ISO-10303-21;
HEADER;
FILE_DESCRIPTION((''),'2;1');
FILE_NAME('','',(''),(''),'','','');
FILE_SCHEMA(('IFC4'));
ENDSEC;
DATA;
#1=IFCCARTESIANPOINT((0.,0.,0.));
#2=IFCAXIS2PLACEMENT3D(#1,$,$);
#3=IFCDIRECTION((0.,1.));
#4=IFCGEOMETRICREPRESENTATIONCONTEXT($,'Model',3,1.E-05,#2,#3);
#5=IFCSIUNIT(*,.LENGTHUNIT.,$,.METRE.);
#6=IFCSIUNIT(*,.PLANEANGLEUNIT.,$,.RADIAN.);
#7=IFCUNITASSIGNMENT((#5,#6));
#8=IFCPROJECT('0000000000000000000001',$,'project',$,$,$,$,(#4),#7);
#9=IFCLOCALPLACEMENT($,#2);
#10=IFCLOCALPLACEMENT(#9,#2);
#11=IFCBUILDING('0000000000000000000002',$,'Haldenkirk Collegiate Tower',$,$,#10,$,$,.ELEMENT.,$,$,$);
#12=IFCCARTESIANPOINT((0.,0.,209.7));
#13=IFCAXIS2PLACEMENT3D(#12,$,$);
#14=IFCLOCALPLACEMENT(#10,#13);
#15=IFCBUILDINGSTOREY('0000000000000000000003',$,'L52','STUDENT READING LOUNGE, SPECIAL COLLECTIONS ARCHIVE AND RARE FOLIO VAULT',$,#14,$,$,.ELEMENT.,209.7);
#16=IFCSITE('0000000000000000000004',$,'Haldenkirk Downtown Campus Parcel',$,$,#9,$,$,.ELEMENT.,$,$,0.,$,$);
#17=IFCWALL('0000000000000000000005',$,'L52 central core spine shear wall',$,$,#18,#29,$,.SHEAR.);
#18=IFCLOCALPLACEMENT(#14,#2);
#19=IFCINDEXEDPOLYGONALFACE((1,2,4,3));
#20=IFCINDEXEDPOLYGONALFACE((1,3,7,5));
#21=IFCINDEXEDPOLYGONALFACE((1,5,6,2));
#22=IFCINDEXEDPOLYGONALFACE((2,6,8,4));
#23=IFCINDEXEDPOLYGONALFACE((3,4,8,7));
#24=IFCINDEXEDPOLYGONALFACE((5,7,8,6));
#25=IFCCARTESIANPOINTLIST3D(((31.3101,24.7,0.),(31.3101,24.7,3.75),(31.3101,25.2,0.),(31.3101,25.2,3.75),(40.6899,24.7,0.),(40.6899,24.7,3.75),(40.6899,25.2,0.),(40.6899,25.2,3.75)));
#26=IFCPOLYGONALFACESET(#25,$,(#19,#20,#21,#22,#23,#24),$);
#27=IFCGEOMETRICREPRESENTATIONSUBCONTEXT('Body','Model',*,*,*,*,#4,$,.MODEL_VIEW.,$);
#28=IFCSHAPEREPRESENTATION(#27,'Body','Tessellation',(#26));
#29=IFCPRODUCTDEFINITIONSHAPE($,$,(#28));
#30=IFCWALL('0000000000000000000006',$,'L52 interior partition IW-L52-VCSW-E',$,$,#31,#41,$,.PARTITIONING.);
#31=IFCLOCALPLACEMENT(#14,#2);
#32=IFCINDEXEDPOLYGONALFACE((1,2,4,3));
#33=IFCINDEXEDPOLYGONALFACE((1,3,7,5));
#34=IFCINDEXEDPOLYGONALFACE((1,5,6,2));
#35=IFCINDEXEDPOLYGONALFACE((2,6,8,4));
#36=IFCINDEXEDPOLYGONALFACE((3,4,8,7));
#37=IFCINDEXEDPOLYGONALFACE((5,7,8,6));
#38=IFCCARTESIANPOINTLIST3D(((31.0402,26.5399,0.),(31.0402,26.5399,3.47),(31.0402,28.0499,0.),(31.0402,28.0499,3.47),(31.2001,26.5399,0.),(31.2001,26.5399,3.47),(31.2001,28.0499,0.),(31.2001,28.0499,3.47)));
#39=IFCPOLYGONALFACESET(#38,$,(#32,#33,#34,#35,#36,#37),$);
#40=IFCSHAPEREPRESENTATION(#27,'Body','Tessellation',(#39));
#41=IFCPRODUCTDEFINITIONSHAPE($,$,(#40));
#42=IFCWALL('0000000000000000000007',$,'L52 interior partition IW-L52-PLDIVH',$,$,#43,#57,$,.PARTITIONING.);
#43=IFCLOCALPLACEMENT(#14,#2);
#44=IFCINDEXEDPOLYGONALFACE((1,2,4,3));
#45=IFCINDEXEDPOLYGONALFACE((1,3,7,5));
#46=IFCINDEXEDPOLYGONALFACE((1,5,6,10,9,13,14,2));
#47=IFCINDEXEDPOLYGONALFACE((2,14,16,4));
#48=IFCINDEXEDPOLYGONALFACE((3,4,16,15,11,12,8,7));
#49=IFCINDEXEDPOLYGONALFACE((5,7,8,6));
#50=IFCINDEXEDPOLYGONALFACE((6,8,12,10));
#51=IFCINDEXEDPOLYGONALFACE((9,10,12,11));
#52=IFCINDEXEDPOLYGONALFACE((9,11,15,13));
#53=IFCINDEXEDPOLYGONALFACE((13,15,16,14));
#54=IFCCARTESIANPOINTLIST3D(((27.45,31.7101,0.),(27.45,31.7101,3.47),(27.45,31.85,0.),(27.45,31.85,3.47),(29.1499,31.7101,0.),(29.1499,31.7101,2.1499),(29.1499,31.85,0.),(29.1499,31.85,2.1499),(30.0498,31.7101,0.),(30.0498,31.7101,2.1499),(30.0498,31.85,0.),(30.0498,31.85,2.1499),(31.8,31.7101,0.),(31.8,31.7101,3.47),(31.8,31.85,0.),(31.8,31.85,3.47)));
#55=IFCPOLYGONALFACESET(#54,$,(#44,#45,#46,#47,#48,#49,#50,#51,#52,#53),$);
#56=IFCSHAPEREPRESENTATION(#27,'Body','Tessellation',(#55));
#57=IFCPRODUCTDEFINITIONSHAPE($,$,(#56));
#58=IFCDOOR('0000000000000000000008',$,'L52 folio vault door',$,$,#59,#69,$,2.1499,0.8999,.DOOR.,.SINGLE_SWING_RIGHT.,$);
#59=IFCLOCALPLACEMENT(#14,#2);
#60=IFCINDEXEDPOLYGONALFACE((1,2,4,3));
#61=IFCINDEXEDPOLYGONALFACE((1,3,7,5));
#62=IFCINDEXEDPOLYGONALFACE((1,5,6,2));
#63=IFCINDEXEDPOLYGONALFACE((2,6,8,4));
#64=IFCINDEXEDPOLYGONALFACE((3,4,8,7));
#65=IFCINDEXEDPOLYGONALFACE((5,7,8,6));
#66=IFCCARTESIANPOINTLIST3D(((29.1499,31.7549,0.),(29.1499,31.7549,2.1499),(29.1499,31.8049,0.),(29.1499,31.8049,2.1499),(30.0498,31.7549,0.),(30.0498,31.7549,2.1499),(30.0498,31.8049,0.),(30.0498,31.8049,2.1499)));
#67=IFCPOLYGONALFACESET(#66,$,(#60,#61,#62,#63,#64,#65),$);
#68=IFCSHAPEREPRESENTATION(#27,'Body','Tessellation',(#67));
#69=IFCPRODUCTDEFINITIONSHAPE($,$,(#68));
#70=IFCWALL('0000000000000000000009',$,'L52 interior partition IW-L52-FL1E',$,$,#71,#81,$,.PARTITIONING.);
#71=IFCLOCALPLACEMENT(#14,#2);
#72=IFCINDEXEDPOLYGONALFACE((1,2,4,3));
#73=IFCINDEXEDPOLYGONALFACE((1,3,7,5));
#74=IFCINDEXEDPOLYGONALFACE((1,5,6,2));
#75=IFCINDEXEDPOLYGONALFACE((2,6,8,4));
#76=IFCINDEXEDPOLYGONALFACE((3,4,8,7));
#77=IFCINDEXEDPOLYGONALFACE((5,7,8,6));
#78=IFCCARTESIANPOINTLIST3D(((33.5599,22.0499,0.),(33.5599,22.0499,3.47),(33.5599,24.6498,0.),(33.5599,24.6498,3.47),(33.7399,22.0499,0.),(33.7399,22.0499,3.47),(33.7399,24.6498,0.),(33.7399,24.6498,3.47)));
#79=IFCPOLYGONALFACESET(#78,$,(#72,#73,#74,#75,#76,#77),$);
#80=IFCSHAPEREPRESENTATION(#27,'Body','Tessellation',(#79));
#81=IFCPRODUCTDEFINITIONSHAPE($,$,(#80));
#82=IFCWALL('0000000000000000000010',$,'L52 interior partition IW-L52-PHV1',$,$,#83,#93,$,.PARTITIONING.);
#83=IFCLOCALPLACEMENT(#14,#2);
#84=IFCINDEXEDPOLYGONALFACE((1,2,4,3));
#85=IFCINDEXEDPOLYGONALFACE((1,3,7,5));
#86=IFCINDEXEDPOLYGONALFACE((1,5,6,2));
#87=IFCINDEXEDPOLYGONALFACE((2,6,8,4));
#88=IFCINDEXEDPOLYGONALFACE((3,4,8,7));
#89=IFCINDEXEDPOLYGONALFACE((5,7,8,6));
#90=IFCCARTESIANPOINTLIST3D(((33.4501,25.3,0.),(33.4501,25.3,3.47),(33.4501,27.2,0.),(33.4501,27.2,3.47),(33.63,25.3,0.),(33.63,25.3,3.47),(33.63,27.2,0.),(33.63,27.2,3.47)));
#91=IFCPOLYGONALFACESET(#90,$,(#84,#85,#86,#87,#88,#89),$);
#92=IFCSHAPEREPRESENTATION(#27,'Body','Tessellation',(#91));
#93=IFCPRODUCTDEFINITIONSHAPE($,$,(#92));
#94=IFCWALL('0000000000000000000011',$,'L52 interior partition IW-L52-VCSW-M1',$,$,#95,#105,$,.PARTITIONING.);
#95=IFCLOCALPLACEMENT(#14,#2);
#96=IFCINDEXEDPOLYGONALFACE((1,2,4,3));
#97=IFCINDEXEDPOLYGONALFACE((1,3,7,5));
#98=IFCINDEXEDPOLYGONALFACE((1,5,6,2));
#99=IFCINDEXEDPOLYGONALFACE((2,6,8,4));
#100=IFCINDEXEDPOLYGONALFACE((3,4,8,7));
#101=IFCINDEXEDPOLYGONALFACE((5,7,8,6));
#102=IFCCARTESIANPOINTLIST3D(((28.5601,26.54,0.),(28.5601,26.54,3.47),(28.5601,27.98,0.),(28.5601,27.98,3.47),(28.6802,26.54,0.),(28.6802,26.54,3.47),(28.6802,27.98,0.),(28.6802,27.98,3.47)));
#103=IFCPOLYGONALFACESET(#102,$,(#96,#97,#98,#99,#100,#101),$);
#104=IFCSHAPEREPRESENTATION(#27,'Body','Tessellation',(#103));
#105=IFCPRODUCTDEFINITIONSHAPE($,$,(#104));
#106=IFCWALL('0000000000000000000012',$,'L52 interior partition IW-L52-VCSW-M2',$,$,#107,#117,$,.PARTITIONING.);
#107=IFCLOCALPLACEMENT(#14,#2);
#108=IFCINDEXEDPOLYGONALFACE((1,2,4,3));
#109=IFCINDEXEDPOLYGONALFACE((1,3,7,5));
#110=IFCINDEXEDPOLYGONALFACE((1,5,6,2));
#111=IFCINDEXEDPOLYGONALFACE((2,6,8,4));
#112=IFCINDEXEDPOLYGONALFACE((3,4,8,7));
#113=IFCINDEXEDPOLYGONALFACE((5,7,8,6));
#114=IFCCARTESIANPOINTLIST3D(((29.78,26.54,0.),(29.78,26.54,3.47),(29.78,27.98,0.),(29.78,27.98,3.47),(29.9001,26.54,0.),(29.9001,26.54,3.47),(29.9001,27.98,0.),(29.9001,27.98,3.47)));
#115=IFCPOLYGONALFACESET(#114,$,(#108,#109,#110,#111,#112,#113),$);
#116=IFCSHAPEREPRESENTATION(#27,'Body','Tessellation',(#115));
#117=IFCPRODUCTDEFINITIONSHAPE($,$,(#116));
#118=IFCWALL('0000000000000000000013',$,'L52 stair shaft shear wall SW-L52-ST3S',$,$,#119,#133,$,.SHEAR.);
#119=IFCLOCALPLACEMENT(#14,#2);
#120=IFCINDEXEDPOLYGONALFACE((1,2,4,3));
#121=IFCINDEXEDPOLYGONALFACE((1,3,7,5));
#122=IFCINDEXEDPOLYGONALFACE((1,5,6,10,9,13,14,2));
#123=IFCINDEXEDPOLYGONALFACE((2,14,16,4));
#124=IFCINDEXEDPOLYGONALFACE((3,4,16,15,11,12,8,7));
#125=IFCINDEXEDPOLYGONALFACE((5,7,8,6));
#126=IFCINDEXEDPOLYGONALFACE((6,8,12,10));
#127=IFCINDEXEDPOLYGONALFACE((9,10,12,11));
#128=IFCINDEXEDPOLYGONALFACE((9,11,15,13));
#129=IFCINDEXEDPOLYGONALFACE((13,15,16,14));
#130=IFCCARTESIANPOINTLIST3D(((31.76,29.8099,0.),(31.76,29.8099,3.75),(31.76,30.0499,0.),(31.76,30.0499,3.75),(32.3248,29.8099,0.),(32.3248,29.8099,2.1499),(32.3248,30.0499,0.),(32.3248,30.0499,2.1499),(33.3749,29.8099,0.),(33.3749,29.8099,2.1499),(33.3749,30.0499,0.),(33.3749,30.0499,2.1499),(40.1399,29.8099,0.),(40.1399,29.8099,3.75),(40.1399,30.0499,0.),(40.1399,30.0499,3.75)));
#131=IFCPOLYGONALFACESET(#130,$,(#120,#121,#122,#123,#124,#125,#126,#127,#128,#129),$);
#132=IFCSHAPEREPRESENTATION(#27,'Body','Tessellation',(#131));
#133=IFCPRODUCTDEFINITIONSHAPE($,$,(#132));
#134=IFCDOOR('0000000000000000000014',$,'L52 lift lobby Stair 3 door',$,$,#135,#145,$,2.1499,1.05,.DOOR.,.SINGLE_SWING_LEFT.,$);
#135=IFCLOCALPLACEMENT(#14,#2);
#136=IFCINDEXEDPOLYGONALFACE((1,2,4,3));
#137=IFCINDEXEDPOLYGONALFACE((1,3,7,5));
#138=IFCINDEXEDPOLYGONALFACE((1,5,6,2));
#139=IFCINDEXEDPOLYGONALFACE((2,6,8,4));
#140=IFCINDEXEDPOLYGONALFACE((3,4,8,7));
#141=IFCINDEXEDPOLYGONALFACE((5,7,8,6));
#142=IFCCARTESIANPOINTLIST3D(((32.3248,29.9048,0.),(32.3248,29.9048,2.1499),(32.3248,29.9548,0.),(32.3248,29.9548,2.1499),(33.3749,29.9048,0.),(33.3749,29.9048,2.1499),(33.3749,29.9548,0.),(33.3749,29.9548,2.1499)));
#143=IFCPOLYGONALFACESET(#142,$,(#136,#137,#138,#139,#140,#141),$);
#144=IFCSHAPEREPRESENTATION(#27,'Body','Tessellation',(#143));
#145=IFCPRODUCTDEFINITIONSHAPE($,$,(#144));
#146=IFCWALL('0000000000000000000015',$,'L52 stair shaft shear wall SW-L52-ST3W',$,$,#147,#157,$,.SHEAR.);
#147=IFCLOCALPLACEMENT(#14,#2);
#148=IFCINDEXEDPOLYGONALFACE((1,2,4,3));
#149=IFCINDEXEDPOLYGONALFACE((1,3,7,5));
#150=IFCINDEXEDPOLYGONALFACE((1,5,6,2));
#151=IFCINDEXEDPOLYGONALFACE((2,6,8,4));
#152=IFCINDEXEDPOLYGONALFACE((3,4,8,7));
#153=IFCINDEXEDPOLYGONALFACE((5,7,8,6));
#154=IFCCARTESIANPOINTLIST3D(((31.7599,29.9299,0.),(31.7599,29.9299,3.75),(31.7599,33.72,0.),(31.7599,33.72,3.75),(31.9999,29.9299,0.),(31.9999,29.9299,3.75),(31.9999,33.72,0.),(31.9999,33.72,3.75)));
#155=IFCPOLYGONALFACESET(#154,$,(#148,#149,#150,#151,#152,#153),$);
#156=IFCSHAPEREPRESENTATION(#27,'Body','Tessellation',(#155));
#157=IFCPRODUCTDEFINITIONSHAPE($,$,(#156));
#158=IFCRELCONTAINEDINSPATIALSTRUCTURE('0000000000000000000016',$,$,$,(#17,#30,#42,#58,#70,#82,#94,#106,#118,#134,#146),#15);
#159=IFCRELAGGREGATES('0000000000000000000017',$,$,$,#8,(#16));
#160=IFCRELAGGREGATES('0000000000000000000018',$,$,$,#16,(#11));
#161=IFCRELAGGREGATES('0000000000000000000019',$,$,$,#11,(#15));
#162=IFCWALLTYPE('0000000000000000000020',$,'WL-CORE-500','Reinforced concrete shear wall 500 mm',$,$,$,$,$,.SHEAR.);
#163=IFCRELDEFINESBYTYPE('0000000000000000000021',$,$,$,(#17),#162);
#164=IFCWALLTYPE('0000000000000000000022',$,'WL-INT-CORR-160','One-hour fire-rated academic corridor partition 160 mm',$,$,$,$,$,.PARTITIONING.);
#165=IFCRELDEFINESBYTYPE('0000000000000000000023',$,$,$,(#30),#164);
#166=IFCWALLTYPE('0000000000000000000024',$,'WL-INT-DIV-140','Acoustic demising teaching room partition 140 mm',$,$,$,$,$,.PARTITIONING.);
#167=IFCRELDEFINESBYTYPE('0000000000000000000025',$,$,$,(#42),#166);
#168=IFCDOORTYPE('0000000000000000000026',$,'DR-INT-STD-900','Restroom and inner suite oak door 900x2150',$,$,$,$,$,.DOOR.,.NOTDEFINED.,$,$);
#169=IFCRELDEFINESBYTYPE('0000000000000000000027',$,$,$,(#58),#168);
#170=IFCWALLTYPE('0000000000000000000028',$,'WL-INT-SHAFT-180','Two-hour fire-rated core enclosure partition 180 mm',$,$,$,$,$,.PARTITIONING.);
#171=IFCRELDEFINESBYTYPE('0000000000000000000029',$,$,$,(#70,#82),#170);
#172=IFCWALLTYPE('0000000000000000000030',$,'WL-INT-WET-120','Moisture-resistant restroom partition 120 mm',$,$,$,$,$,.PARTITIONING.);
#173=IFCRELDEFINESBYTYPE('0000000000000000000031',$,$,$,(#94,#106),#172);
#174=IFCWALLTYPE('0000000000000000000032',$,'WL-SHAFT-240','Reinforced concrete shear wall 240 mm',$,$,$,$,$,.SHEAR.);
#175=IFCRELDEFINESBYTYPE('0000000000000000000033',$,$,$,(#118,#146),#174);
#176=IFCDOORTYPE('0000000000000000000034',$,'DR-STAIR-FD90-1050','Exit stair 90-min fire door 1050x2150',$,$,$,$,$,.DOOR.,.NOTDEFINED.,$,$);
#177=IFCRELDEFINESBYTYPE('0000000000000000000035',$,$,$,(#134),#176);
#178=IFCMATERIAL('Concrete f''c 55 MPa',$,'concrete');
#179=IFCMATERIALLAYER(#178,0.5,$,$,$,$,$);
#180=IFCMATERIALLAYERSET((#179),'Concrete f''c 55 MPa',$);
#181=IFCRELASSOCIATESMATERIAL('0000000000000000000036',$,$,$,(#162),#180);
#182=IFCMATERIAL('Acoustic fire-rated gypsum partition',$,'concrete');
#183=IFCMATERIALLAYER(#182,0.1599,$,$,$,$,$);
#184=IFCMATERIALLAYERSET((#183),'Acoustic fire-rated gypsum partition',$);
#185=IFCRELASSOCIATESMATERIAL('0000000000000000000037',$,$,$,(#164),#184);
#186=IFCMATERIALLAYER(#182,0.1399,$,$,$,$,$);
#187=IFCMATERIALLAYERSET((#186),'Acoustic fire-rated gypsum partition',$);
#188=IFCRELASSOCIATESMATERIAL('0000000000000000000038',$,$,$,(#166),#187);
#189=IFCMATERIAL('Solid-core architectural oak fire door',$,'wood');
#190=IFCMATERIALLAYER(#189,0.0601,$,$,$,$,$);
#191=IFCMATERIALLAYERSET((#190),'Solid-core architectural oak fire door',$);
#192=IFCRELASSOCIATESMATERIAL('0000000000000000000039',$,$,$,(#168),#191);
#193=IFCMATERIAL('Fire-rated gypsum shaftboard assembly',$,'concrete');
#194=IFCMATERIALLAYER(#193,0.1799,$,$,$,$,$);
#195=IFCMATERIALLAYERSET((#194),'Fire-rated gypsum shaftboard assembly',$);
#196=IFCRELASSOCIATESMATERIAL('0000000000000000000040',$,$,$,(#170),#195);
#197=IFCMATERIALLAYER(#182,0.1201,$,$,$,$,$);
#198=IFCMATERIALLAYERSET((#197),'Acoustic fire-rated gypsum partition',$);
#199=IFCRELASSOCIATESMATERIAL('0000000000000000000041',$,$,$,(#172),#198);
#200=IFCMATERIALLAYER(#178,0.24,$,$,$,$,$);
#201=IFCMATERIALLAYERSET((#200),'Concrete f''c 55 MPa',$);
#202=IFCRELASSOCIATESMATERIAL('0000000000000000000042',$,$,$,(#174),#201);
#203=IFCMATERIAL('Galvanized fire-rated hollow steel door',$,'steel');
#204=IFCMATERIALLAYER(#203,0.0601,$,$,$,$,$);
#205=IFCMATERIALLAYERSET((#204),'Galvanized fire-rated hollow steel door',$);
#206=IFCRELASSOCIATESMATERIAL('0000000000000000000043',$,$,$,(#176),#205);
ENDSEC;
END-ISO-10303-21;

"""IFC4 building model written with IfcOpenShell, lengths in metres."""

from ifc_helpers import new_model, si_unit, direction, frame, frame_2d, origin, place, context, subcontext, project, spatial, rectangle, extrude, material, layer, layer_set, type_object, element, fill, save


model = new_model("IFC4")

# Units and contexts
model_context = context("Model", 3, precision=1e-05, world=origin(), true_north=direction((0.0, 1.0)))
body_context = subcontext(model_context, "Body", "Model", "MODEL_VIEW")
ifc_project = project(units=[si_unit("LENGTHUNIT", "METRE"), si_unit("PLANEANGLEUNIT", "RADIAN")], contexts=[model_context])

# Site, building, storey
site_placement = place(None, origin())
site = spatial("IfcSite", under=ifc_project, at=site_placement, Name="Haldenkirk Downtown Campus Parcel", CompositionType="ELEMENT", RefElevation=0.0)
building_placement = place(site_placement, origin())
building = spatial("IfcBuilding", under=site, at=building_placement, Name="Haldenkirk Collegiate Tower", CompositionType="ELEMENT")
storey_placement = place(building_placement, frame((0.0, 0.0, 209.7)))
storey = spatial("IfcBuildingStorey", under=building, at=storey_placement, Name="L52", Description="STUDENT READING LOUNGE, SPECIAL COLLECTIONS ARCHIVE AND RARE FOLIO VAULT", CompositionType="ELEMENT", Elevation=209.7)

# Walls
ifc_material_1 = material(Name="Concrete f'c 55 MPa", Category="concrete")
ifc_layer_1 = layer(ifc_material_1, 0.5)
ifc_layer_set_1 = layer_set([ifc_layer_1], Name="Concrete f'c 55 MPa")
wall_type_1 = type_object("IfcWallType", Name="WL-CORE-500", Description="Reinforced concrete shear wall 500 mm", PredefinedType="SHEAR", material=ifc_layer_set_1)
wall_1_placement = place(storey_placement, frame((31.3101, 24.95, 0.0), z_axis=(0.0, 0.0, 1.0), x_axis=(1.0, 0.0, 0.0)))
element("IfcWall", 1, at=wall_1_placement, inside=storey, type_object=wall_type_1, Name="L52 central core spine shear wall", PredefinedType="SHEAR", context=body_context, shape_type="SweptSolid", body=[
    extrude(rectangle(XDim=9.3799, YDim=0.5, at=frame_2d((4.6899, 0.0))), origin(), (0.0, 0.0, 1.0), 3.75),
])
ifc_material_2 = material(Name="Acoustic fire-rated gypsum partition", Category="concrete")
ifc_layer_2 = layer(ifc_material_2, 0.1599)
ifc_layer_set_2 = layer_set([ifc_layer_2], Name="Acoustic fire-rated gypsum partition")
wall_type_2 = type_object("IfcWallType", Name="WL-INT-CORR-160", Description="One-hour fire-rated academic corridor partition 160 mm", PredefinedType="PARTITIONING", material=ifc_layer_set_2)
wall_2_placement = place(storey_placement, frame((31.1201, 26.54, 0.0), z_axis=(0.0, 0.0, 1.0), x_axis=(0.0, 1.0, 0.0)))
element("IfcWall", 2, at=wall_2_placement, inside=storey, type_object=wall_type_2, Name="L52 interior partition IW-L52-VCSW-E", PredefinedType="PARTITIONING", context=body_context, shape_type="SweptSolid", body=[
    extrude(rectangle(XDim=1.51, YDim=0.1599, at=frame_2d((0.7549, 0.0))), origin(), (0.0, 0.0, 1.0), 3.47),
])

# Wall, opening, door
ifc_material_3 = material(Name="Solid-core architectural oak fire door", Category="wood")
ifc_layer_3 = layer(ifc_material_2, 0.1399)
ifc_layer_set_3 = layer_set([ifc_layer_3], Name="Acoustic fire-rated gypsum partition")
wall_type_3 = type_object("IfcWallType", Name="WL-INT-DIV-140", Description="Acoustic demising teaching room partition 140 mm", PredefinedType="PARTITIONING", material=ifc_layer_set_3)
wall_3_placement = place(storey_placement, frame((27.45, 31.78, 0.0), z_axis=(0.0, 0.0, 1.0), x_axis=(1.0, 0.0, 0.0)))
wall_3 = element("IfcWall", 3, at=wall_3_placement, inside=storey, type_object=wall_type_3, Name="L52 interior partition IW-L52-PLDIVH", PredefinedType="PARTITIONING", context=body_context, shape_type="SweptSolid", body=[
    extrude(rectangle(XDim=4.3501, YDim=0.1399, at=frame_2d((2.175, 0.0))), origin(), (0.0, 0.0, 1.0), 3.47),
])
opening_1_placement = place(wall_3_placement, frame((1.7, 0.0, 0.0)))
opening_1 = element("IfcOpeningElement", 4, at=opening_1_placement, cuts=wall_3, PredefinedType="OPENING", context=body_context, shape_type="SweptSolid", body=[
    extrude(rectangle(XDim=0.8999, YDim=2.1499, at=frame_2d((0.45, 1.075))), frame((0.0, 0.0798, 0.0), z_axis=(0.0, -1.0, 0.0), x_axis=(1.0, 0.0, 0.0)), (0.0, 0.0, 1.0), 0.1599),
])
ifc_layer_4 = layer(ifc_material_3, 0.0601)
ifc_layer_set_4 = layer_set([ifc_layer_4], Name="Solid-core architectural oak fire door")
door_type_1 = type_object("IfcDoorType", Name="DR-INT-STD-900", Description="Restroom and inner suite oak door 900x2150", OperationType="NOTDEFINED", PredefinedType="DOOR", material=ifc_layer_set_4)
door_1_placement = place(opening_1_placement, origin())
door_1 = element("IfcDoor", 5, at=door_1_placement, inside=storey, type_object=door_type_1, Name="L52 folio vault door", OperationType="SINGLE_SWING_RIGHT", OverallHeight=2.1499, OverallWidth=0.8999, PredefinedType="DOOR", context=body_context, shape_type="SweptSolid", body=[
    extrude(rectangle(XDim=0.8999, YDim=2.1499, at=frame_2d((0.45, 1.075))), frame((0.0, 0.0249, 0.0), z_axis=(0.0, -1.0, 0.0), x_axis=(1.0, 0.0, 0.0)), (0.0, 0.0, 1.0), 0.05),
])
fill(opening_1, door_1)

# Wall
ifc_material_4 = material(Name="Fire-rated gypsum shaftboard assembly", Category="concrete")
ifc_layer_5 = layer(ifc_material_4, 0.1799)
ifc_layer_set_5 = layer_set([ifc_layer_5], Name="Fire-rated gypsum shaftboard assembly")
wall_type_4 = type_object("IfcWallType", Name="WL-INT-SHAFT-180", Description="Two-hour fire-rated core enclosure partition 180 mm", PredefinedType="PARTITIONING", material=ifc_layer_set_5)
wall_4_placement = place(storey_placement, frame((33.6499, 22.05, 0.0), z_axis=(0.0, 0.0, 1.0), x_axis=(0.0, 1.0, 0.0)))
element("IfcWall", 6, at=wall_4_placement, inside=storey, type_object=wall_type_4, Name="L52 interior partition IW-L52-FL1E", PredefinedType="PARTITIONING", context=body_context, shape_type="SweptSolid", body=[
    extrude(rectangle(XDim=2.5999, YDim=0.1799, at=frame_2d((1.2998, 0.0))), origin(), (0.0, 0.0, 1.0), 3.47),
])

# Wall
wall_5_placement = place(storey_placement, frame((33.54, 25.3, 0.0), z_axis=(0.0, 0.0, 1.0), x_axis=(0.0, 1.0, 0.0)))
element("IfcWall", 7, at=wall_5_placement, inside=storey, type_object=wall_type_4, Name="L52 interior partition IW-L52-PHV1", PredefinedType="PARTITIONING", context=body_context, shape_type="SweptSolid", body=[
    extrude(rectangle(XDim=1.8999, YDim=0.1799, at=frame_2d((0.95, 0.0))), origin(), (0.0, 0.0, 1.0), 3.47),
])

# Shared definitions
ifc_material_5 = material(Name="Galvanized fire-rated hollow steel door", Category="steel")

# Walls
ifc_layer_6 = layer(ifc_material_2, 0.1201)
ifc_layer_set_6 = layer_set([ifc_layer_6], Name="Acoustic fire-rated gypsum partition")
wall_type_5 = type_object("IfcWallType", Name="WL-INT-WET-120", Description="Moisture-resistant restroom partition 120 mm", PredefinedType="PARTITIONING", material=ifc_layer_set_6)
for number, where, z_axis, x_axis, name in (
    (8, (28.6201, 26.54, 0.0), (0.0, 0.0, 1.0), (0.0, 1.0, 0.0), "L52 interior partition IW-L52-VCSW-M1"),
    (9, (29.8401, 26.54, 0.0), (0.0, 0.0, 1.0), (0.0, 1.0, 0.0), "L52 interior partition IW-L52-VCSW-M2"),
):
    element("IfcWall", number, at=place(storey_placement, frame(where, z_axis=z_axis, x_axis=x_axis)), inside=storey, type_object=wall_type_5, Name=name, PredefinedType="PARTITIONING", context=body_context, shape_type="SweptSolid", body=[
        extrude(rectangle(XDim=1.4399, YDim=0.1201, at=frame_2d((0.72, 0.0))), origin(), (0.0, 0.0, 1.0), 3.47),
    ])

# Wall, opening, door
ifc_layer_7 = layer(ifc_material_1, 0.24)
ifc_layer_set_7 = layer_set([ifc_layer_7], Name="Concrete f'c 55 MPa")
wall_type_6 = type_object("IfcWallType", Name="WL-SHAFT-240", Description="Reinforced concrete shear wall 240 mm", PredefinedType="SHEAR", material=ifc_layer_set_7)
wall_6_placement = place(storey_placement, frame((31.76, 29.9299, 0.0), z_axis=(0.0, 0.0, 1.0), x_axis=(1.0, 0.0, 0.0)))
wall_6 = element("IfcWall", 10, at=wall_6_placement, inside=storey, type_object=wall_type_6, Name="L52 stair shaft shear wall SW-L52-ST3S", PredefinedType="SHEAR", context=body_context, shape_type="SweptSolid", body=[
    extrude(rectangle(XDim=8.3799, YDim=0.24, at=frame_2d((4.1899, 0.0))), origin(), (0.0, 0.0, 1.0), 3.75),
])
opening_2_placement = place(wall_6_placement, frame((0.5649, 0.0, 0.0)))
opening_2 = element("IfcOpeningElement", 11, at=opening_2_placement, cuts=wall_6, PredefinedType="OPENING", context=body_context, shape_type="SweptSolid", body=[
    extrude(rectangle(XDim=1.05, YDim=2.1499, at=frame_2d((0.5249, 1.075))), frame((0.0, 0.1299, 0.0), z_axis=(0.0, -1.0, 0.0), x_axis=(1.0, 0.0, 0.0)), (0.0, 0.0, 1.0), 0.26),
])
ifc_layer_8 = layer(ifc_material_5, 0.0601)
ifc_layer_set_8 = layer_set([ifc_layer_8], Name="Galvanized fire-rated hollow steel door")
door_type_2 = type_object("IfcDoorType", Name="DR-STAIR-FD90-1050", Description="Exit stair 90-min fire door 1050x2150", OperationType="NOTDEFINED", PredefinedType="DOOR", material=ifc_layer_set_8)
door_2_placement = place(opening_2_placement, origin())
door_2 = element("IfcDoor", 12, at=door_2_placement, inside=storey, type_object=door_type_2, Name="L52 lift lobby Stair 3 door", OperationType="SINGLE_SWING_LEFT", OverallHeight=2.1499, OverallWidth=1.05, PredefinedType="DOOR", context=body_context, shape_type="SweptSolid", body=[
    extrude(rectangle(XDim=1.05, YDim=2.1499, at=frame_2d((0.5249, 1.075))), frame((0.0, 0.0249, 0.0), z_axis=(0.0, -1.0, 0.0), x_axis=(1.0, 0.0, 0.0)), (0.0, 0.0, 1.0), 0.05),
])
fill(opening_2, door_2)

# Wall
wall_7_placement = place(storey_placement, frame((31.8799, 29.9299, 0.0), z_axis=(0.0, 0.0, 1.0), x_axis=(0.0, 1.0, 0.0)))
element("IfcWall", 13, at=wall_7_placement, inside=storey, type_object=wall_type_6, Name="L52 stair shaft shear wall SW-L52-ST3W", PredefinedType="SHEAR", context=body_context, shape_type="SweptSolid", body=[
    extrude(rectangle(XDim=3.79, YDim=0.24, at=frame_2d((1.895, 0.0))), origin(), (0.0, 0.0, 1.0), 3.75),
])

save(model, "model.ifc")
